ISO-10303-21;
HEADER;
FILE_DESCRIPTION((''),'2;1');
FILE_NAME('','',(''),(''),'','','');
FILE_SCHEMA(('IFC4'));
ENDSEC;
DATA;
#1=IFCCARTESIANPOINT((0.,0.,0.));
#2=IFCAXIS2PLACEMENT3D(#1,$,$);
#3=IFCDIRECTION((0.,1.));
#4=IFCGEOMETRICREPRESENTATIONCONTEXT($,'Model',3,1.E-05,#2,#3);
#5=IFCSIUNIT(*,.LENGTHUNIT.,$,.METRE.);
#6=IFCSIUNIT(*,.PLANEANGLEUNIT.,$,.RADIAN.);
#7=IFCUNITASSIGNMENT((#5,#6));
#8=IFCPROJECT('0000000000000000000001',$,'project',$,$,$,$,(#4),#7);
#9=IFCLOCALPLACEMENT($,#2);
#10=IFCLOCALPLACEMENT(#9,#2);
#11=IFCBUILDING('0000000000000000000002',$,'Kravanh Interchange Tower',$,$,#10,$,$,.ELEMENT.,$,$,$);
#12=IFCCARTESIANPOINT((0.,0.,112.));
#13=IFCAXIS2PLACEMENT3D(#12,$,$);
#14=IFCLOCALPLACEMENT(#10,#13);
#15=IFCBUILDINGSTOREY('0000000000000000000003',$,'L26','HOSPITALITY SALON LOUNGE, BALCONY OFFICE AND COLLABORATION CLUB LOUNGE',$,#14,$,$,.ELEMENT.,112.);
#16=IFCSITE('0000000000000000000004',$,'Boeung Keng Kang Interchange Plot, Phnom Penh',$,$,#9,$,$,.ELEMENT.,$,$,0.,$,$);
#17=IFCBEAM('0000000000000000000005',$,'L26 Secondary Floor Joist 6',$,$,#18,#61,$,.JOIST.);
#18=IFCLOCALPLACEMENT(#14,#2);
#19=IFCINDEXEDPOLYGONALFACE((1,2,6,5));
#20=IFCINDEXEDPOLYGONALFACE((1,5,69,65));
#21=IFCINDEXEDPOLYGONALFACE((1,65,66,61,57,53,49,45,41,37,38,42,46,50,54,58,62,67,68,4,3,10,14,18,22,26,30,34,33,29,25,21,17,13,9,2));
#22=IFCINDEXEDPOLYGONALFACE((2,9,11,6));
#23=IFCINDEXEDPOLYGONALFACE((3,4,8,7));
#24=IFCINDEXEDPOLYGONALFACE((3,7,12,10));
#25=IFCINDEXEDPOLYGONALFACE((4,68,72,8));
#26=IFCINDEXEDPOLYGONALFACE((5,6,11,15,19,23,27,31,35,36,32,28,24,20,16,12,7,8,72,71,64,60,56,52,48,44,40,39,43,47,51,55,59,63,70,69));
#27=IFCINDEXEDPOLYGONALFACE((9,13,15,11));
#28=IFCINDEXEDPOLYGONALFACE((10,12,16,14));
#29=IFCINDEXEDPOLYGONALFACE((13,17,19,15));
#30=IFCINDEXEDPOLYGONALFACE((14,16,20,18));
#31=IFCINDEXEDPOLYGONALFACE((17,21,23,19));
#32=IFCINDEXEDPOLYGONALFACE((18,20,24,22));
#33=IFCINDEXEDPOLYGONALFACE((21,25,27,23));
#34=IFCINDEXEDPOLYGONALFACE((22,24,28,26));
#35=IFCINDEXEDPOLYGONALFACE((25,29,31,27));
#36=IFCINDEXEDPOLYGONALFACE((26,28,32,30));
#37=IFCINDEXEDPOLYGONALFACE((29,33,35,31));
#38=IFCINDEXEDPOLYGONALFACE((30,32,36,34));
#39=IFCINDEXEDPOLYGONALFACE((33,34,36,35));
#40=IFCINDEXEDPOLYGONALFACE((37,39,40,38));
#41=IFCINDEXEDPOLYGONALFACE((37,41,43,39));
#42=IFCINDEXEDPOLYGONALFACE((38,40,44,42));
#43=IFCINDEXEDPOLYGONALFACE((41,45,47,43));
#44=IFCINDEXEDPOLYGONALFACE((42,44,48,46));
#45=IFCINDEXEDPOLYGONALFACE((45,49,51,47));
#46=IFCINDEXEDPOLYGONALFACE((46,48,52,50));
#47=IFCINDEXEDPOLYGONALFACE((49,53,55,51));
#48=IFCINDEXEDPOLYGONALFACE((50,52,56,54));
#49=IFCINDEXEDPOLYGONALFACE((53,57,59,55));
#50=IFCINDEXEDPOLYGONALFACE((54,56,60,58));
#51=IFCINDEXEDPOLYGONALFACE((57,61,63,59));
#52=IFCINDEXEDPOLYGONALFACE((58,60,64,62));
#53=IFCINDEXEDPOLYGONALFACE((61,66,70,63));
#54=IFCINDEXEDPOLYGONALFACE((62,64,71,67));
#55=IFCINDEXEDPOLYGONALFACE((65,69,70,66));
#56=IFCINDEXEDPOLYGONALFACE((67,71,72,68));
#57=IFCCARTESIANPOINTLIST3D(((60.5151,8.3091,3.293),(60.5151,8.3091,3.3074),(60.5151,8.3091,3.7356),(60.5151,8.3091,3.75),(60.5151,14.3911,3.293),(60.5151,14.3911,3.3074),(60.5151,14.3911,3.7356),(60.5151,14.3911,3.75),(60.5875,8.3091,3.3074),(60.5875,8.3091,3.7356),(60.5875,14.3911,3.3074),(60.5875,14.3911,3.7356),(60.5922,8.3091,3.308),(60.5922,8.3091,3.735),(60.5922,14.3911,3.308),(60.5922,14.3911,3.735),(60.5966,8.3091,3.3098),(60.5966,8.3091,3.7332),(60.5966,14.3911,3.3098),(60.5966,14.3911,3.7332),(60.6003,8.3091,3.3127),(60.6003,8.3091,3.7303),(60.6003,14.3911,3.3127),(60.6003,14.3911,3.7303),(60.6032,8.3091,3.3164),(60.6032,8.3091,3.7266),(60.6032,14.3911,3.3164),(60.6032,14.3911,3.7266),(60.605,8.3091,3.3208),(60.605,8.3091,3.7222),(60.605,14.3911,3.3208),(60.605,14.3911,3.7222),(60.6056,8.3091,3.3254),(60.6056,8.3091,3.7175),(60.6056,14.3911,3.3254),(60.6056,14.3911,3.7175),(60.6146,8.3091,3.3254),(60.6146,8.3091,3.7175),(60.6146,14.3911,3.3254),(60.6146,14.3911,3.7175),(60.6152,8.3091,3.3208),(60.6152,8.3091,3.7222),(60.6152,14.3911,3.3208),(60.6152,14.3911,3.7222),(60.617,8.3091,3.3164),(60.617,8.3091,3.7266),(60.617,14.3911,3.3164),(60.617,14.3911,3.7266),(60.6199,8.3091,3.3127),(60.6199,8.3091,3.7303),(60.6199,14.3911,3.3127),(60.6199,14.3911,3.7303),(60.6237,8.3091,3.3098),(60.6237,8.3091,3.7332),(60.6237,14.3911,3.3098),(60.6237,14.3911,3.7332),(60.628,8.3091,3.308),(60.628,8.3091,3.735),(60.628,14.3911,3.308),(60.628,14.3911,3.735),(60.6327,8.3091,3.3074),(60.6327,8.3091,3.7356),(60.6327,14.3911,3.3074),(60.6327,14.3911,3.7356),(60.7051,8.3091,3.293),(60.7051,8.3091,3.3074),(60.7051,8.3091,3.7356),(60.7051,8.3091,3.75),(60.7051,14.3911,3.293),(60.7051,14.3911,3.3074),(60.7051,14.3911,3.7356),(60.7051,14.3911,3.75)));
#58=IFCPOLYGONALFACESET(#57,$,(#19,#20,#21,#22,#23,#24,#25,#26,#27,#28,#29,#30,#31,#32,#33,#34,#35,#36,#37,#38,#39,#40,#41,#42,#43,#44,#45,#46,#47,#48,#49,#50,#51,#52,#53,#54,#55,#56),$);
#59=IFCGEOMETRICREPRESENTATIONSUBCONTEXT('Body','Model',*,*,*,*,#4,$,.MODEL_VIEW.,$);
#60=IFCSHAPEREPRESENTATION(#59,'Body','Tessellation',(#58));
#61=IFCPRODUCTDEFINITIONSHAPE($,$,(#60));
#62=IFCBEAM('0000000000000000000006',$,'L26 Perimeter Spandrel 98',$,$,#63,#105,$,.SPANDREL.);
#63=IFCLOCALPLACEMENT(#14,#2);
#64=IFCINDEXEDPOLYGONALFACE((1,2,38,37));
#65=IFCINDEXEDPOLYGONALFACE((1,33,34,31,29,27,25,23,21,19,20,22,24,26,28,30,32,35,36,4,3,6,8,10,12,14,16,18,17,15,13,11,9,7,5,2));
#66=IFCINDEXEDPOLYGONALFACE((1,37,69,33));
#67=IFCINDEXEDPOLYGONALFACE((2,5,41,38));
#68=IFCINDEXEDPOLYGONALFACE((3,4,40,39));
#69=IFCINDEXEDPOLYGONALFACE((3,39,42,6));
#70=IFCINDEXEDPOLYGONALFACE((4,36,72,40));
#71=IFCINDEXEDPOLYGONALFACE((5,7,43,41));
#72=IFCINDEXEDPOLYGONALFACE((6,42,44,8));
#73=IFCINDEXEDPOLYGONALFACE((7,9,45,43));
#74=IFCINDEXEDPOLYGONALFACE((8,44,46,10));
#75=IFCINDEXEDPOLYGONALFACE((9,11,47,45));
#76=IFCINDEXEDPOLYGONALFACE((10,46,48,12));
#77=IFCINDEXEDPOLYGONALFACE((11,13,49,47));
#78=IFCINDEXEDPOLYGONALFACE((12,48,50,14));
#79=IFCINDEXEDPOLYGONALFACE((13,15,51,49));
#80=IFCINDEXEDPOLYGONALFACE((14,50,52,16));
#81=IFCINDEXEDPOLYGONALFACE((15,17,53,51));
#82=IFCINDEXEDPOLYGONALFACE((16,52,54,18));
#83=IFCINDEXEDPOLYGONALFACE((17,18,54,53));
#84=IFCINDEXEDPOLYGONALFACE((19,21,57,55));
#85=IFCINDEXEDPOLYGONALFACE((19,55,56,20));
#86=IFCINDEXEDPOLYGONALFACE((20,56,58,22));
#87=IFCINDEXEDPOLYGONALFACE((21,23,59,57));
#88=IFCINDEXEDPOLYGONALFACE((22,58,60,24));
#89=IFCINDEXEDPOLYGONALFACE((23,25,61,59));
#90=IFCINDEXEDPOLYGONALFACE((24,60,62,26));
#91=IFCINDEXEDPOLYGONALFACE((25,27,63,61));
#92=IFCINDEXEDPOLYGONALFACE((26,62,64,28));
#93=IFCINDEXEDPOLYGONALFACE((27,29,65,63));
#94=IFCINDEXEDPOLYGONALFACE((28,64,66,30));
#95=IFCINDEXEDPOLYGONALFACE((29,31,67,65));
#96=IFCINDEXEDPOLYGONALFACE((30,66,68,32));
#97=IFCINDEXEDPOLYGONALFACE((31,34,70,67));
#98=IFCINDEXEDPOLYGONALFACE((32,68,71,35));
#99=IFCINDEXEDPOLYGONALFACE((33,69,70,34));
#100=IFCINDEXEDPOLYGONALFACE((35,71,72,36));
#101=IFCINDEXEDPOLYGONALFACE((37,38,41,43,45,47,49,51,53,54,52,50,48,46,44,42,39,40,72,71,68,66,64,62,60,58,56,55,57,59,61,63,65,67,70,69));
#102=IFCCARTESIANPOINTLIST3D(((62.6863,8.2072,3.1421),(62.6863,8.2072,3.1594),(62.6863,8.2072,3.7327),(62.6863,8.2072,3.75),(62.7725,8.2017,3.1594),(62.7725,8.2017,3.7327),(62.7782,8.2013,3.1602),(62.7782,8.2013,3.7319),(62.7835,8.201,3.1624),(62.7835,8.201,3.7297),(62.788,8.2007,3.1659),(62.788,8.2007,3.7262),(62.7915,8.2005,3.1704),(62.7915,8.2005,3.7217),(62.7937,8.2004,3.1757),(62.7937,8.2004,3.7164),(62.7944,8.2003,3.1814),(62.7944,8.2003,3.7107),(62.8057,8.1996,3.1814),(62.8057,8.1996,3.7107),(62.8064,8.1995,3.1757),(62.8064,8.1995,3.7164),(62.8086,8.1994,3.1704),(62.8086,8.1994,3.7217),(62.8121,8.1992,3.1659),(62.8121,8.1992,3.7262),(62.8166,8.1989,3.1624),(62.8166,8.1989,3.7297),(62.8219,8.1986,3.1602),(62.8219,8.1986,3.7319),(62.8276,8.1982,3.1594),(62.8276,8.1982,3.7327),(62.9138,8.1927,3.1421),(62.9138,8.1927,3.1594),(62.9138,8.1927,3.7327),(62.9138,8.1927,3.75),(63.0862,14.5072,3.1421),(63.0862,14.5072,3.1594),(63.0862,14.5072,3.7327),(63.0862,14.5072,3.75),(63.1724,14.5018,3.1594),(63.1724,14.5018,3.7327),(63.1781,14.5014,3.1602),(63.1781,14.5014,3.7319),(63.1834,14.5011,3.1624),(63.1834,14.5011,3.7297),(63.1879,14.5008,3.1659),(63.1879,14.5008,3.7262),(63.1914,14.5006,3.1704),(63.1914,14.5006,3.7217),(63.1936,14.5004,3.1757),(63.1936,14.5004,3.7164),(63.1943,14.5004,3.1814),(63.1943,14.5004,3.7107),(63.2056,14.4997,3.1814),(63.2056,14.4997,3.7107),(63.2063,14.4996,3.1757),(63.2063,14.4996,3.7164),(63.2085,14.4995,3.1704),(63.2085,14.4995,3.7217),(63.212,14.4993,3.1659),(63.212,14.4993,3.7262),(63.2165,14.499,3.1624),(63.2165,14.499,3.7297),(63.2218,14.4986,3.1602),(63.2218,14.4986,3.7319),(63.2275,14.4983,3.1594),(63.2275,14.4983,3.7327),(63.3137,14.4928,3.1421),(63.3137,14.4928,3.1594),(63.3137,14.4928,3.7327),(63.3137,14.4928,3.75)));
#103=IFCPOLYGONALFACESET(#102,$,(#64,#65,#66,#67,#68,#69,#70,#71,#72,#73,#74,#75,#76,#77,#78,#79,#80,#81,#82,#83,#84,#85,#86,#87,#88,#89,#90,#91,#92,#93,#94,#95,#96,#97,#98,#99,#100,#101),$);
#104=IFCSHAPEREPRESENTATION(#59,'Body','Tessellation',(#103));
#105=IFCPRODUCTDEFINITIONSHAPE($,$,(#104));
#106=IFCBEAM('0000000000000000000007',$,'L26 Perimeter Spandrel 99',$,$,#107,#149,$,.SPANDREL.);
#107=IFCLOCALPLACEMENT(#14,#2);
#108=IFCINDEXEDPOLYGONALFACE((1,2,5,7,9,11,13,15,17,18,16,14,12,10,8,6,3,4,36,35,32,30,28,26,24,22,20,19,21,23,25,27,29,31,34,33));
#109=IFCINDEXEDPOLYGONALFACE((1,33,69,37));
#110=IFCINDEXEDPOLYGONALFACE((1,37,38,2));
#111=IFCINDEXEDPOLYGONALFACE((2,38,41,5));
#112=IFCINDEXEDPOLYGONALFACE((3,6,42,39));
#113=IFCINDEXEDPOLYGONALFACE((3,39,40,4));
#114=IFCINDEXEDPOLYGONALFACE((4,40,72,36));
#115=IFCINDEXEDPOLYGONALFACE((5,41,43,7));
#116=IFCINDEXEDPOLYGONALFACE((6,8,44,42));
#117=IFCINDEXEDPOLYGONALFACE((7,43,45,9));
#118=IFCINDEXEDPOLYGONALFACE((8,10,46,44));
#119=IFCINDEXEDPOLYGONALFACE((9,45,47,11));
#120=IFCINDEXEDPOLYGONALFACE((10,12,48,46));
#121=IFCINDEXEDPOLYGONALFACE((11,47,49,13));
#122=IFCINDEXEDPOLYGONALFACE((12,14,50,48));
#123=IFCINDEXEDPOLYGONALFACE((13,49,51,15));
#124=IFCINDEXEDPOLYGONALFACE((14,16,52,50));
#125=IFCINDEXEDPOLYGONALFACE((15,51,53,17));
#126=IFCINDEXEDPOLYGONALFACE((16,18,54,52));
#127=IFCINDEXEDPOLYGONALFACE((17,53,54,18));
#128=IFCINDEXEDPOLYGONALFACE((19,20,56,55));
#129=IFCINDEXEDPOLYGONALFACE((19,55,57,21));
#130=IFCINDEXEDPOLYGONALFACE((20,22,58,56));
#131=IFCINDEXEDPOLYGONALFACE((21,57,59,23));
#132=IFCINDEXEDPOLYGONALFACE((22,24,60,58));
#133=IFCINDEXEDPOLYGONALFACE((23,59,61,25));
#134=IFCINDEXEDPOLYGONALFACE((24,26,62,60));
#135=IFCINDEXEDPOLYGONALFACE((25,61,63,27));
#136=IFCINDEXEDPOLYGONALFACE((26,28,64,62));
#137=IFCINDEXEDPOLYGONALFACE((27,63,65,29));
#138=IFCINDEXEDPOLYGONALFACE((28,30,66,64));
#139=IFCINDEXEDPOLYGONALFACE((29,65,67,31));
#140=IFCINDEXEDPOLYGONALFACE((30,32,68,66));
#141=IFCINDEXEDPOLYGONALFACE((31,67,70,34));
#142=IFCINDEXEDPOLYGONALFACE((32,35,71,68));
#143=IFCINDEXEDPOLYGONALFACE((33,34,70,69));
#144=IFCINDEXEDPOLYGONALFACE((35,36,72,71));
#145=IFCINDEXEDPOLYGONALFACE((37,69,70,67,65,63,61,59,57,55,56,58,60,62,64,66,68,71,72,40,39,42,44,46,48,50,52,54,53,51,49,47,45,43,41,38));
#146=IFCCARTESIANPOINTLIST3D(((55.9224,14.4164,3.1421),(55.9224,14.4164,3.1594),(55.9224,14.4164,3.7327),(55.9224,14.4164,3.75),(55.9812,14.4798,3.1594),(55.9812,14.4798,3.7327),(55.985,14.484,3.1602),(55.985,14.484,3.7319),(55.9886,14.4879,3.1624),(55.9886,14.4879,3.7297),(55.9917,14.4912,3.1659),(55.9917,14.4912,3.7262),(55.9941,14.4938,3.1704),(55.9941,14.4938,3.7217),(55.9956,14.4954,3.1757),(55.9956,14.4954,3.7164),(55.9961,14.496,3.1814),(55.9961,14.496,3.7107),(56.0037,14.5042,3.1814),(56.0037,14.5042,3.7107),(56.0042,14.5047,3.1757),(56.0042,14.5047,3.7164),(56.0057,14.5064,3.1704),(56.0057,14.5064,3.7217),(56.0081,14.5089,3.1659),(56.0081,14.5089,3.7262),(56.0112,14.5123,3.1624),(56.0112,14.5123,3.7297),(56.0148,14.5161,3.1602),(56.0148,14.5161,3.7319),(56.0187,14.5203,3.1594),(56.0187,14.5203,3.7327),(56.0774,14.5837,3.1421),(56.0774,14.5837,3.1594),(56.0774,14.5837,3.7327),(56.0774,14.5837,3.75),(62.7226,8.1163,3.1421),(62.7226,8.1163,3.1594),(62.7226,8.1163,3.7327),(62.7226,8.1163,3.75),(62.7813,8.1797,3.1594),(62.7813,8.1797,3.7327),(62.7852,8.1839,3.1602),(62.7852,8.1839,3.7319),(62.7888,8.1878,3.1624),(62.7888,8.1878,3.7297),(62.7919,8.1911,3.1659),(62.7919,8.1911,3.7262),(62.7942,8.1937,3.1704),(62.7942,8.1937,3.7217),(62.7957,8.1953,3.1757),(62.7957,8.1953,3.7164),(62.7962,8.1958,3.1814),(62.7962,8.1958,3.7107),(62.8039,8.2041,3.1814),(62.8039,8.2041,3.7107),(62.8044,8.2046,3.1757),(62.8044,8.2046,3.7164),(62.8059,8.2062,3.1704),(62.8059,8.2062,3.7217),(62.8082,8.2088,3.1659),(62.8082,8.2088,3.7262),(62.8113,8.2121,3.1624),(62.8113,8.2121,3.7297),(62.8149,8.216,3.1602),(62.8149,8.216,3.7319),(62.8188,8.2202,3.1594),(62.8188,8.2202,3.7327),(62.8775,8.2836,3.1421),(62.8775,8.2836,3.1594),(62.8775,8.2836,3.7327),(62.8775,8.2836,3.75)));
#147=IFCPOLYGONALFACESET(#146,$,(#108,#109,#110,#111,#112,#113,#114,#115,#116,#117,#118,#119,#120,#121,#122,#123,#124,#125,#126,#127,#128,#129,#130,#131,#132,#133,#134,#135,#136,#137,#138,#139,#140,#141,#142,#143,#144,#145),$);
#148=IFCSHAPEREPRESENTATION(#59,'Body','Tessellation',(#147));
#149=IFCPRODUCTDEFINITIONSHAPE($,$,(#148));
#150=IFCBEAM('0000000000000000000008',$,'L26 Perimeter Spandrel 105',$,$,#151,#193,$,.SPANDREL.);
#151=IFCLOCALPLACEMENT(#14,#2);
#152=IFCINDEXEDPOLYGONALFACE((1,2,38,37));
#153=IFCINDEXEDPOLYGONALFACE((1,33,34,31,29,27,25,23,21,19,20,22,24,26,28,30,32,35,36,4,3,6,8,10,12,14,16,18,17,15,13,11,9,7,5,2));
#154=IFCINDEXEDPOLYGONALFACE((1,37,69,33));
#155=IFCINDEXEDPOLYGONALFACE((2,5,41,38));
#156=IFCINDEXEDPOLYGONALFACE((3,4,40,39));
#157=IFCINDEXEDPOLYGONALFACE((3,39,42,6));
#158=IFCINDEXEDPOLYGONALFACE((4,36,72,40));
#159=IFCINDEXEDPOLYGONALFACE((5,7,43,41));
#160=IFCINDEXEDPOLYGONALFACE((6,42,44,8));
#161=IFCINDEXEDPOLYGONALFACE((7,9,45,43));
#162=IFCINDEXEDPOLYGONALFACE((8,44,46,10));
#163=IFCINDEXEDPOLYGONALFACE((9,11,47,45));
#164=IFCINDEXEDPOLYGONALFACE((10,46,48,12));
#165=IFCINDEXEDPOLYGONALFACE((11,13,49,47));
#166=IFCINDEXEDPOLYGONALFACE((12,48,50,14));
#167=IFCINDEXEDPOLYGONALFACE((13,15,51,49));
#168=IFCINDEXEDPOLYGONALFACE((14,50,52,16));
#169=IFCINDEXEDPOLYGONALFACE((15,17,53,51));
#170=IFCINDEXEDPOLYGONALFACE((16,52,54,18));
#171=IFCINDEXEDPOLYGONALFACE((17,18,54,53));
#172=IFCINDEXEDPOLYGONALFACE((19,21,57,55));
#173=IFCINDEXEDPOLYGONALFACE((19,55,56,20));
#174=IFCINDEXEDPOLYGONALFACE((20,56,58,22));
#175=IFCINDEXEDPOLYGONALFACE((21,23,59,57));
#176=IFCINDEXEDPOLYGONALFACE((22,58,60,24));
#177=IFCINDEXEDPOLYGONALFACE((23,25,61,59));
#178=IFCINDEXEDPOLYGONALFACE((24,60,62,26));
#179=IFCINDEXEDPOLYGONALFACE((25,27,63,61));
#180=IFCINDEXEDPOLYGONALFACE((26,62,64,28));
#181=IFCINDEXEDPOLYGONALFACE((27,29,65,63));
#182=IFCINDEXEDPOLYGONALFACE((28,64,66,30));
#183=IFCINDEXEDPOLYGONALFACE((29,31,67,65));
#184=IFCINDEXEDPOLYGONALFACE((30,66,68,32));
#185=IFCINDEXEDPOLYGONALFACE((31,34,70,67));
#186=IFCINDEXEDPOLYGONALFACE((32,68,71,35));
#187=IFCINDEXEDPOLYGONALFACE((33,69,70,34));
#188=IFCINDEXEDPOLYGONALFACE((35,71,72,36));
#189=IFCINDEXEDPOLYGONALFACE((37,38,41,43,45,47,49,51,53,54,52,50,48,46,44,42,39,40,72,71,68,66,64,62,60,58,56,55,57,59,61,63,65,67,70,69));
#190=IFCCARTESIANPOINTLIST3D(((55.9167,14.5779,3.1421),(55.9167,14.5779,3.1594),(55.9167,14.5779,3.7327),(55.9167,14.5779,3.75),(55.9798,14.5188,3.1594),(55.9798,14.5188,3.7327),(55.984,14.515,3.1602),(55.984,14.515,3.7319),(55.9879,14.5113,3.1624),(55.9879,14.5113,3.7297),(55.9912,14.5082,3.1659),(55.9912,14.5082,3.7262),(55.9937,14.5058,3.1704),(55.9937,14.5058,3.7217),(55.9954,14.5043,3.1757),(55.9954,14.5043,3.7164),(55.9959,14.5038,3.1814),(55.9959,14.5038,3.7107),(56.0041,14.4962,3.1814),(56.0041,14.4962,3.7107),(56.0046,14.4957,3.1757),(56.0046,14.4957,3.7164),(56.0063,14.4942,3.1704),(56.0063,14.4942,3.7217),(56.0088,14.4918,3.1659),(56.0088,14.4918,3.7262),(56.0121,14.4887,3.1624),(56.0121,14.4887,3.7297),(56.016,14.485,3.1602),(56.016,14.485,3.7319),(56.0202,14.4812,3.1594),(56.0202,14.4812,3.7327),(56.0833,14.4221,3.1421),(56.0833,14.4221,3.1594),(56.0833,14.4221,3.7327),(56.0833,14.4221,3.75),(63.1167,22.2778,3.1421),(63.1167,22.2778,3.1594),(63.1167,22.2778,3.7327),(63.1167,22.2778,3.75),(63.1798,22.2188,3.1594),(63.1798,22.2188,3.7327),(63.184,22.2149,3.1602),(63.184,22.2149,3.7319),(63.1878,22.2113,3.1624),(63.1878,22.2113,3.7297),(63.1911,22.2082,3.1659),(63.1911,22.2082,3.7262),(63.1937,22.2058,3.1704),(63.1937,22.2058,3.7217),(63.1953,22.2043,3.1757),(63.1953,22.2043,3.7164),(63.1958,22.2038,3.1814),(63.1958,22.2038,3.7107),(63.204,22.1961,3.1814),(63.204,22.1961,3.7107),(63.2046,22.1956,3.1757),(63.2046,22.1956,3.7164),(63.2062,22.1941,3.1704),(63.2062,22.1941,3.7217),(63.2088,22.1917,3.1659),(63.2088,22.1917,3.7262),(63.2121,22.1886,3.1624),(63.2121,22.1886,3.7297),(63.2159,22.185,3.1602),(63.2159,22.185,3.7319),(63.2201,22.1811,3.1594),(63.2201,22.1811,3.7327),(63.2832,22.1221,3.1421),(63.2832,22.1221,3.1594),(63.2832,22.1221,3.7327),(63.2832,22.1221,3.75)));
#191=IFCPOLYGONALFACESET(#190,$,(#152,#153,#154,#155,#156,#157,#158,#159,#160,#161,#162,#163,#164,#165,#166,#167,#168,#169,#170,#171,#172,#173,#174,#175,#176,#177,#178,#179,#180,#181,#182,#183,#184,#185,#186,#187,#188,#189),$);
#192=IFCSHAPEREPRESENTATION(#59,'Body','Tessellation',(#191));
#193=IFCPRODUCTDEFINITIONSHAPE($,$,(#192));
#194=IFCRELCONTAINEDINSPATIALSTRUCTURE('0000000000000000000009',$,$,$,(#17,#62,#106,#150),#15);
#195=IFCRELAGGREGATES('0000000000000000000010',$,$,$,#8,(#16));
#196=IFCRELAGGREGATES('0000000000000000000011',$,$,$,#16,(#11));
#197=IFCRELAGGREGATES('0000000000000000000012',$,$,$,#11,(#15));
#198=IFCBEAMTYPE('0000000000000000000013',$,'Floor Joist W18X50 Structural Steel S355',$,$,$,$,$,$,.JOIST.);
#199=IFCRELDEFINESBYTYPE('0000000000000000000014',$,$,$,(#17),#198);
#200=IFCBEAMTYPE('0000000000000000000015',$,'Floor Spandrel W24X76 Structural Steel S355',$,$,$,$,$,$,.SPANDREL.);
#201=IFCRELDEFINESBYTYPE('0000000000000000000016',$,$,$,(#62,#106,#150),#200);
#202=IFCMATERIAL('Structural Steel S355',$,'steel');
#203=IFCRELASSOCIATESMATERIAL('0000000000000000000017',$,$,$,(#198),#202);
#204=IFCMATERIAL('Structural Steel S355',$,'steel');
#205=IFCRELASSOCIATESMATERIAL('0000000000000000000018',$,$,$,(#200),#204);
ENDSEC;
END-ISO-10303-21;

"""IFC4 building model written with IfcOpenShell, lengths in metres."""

from ifc_helpers import new_model, si_unit, direction, frame, origin, origin_2d, place, context, subcontext, project, spatial, i_section, extrude, material, material_profile, profile_set, type_object, element, save


model = new_model("IFC4")

# Units and contexts
model_context = context("Model", 3, precision=1e-05, world=origin(), true_north=direction((0.0, 1.0)))
body_context = subcontext(model_context, "Body", "Model", "MODEL_VIEW")
ifc_project = project(units=[si_unit("LENGTHUNIT", "METRE"), si_unit("PLANEANGLEUNIT", "RADIAN")], contexts=[model_context])

# Site, building, storey
site_placement = place(None, origin())
site = spatial("IfcSite", under=ifc_project, at=site_placement, Name="Boeung Keng Kang Interchange Plot, Phnom Penh", CompositionType="ELEMENT", RefElevation=0.0)
building_placement = place(site_placement, origin())
building = spatial("IfcBuilding", under=site, at=building_placement, Name="Kravanh Interchange Tower", CompositionType="ELEMENT")
storey_placement = place(building_placement, frame((0.0, 0.0, 112.0)))
storey = spatial("IfcBuildingStorey", under=building, at=storey_placement, Name="L26", Description="HOSPITALITY SALON LOUNGE, BALCONY OFFICE AND COLLABORATION CLUB LOUNGE", CompositionType="ELEMENT", Elevation=112.0)

# Beams
ifc_material_1 = material(Name="Structural Steel S355", Category="steel")
ifc_material_profile_1 = material_profile(ifc_material_1, i_section(OverallWidth=0.1899, OverallDepth=0.457, WebThickness=0.009, FlangeThickness=0.0144, FilletRadius=0.0181, at=origin_2d()), Name="W18X50")
ifc_profile_set_1 = profile_set([ifc_material_profile_1], Name="Structural Steel S355")
beam_type_1 = type_object("IfcBeamType", Name="Floor Joist W18X50 Structural Steel S355", PredefinedType="JOIST", material=ifc_profile_set_1)
for number, where, z_axis, x_axis, name in (
    (1, (60.6101, 8.3091, 3.5215), (0.0, 1.0, 0.0), (-1.0, 0.0, 0.0), "L26 Secondary Floor Joist 6"),
):
    element("IfcBeam", number, at=place(storey_placement, frame(where, z_axis=z_axis, x_axis=x_axis)), inside=storey, type_object=beam_type_1, Name=name, PredefinedType="JOIST", context=body_context, shape_type="SweptSolid", body=[
        extrude(i_section(OverallWidth=0.1899, OverallDepth=0.457, WebThickness=0.009, FlangeThickness=0.0144, FilletRadius=0.0181, at=origin_2d()), origin(), (0.0, 0.0, 1.0), 6.082),
    ])
ifc_material_2 = material(Name="Structural Steel S355", Category="steel")
ifc_material_profile_2 = material_profile(ifc_material_2, i_section(OverallWidth=0.228, OverallDepth=0.6079, WebThickness=0.0112, FlangeThickness=0.0173, FilletRadius=0.022, at=origin_2d()), Name="W24X76")
ifc_profile_set_2 = profile_set([ifc_material_profile_2], Name="Structural Steel S355")
beam_type_2 = type_object("IfcBeamType", Name="Floor Spandrel W24X76 Structural Steel S355", PredefinedType="SPANDREL", material=ifc_profile_set_2)
beam_1_placement = place(storey_placement, frame((62.8, 8.2, 3.446), z_axis=(0.063349, 0.997991, 0.0), x_axis=(-0.997991, 0.063349, 0.0)))
element("IfcBeam", 2, at=beam_1_placement, inside=storey, type_object=beam_type_2, Name="L26 Perimeter Spandrel 98", PredefinedType="SPANDREL", context=body_context, shape_type="SweptSolid", body=[
    extrude(i_section(OverallWidth=0.228, OverallDepth=0.6079, WebThickness=0.0112, FlangeThickness=0.0173, FilletRadius=0.022, at=origin_2d()), origin(), (0.0, 0.0, 1.0), 6.3127),
])
beam_2_placement = place(storey_placement, frame((62.8, 8.2, 3.446), z_axis=(-0.733561, 0.679623, 0.0), x_axis=(-0.679623, -0.733561, 0.0)))
element("IfcBeam", 3, at=beam_2_placement, inside=storey, type_object=beam_type_2, Name="L26 Perimeter Spandrel 99", PredefinedType="SPANDREL", context=body_context, shape_type="SweptSolid", body=[
    extrude(i_section(OverallWidth=0.228, OverallDepth=0.6079, WebThickness=0.0112, FlangeThickness=0.0173, FilletRadius=0.022, at=origin_2d()), origin(), (0.0, 0.0, 1.0), 9.27),
])
beam_3_placement = place(storey_placement, frame((56.0, 14.5, 3.446), z_axis=(0.682994, 0.730424, 0.0), x_axis=(-0.730424, 0.682994, 0.0)))
element("IfcBeam", 4, at=beam_3_placement, inside=storey, type_object=beam_type_2, Name="L26 Perimeter Spandrel 105", PredefinedType="SPANDREL", context=body_context, shape_type="SweptSolid", body=[
    extrude(i_section(OverallWidth=0.228, OverallDepth=0.6079, WebThickness=0.0112, FlangeThickness=0.0173, FilletRadius=0.022, at=origin_2d()), origin(), (0.0, 0.0, 1.0), 10.5417),
])

save(model, "model.ifc")
